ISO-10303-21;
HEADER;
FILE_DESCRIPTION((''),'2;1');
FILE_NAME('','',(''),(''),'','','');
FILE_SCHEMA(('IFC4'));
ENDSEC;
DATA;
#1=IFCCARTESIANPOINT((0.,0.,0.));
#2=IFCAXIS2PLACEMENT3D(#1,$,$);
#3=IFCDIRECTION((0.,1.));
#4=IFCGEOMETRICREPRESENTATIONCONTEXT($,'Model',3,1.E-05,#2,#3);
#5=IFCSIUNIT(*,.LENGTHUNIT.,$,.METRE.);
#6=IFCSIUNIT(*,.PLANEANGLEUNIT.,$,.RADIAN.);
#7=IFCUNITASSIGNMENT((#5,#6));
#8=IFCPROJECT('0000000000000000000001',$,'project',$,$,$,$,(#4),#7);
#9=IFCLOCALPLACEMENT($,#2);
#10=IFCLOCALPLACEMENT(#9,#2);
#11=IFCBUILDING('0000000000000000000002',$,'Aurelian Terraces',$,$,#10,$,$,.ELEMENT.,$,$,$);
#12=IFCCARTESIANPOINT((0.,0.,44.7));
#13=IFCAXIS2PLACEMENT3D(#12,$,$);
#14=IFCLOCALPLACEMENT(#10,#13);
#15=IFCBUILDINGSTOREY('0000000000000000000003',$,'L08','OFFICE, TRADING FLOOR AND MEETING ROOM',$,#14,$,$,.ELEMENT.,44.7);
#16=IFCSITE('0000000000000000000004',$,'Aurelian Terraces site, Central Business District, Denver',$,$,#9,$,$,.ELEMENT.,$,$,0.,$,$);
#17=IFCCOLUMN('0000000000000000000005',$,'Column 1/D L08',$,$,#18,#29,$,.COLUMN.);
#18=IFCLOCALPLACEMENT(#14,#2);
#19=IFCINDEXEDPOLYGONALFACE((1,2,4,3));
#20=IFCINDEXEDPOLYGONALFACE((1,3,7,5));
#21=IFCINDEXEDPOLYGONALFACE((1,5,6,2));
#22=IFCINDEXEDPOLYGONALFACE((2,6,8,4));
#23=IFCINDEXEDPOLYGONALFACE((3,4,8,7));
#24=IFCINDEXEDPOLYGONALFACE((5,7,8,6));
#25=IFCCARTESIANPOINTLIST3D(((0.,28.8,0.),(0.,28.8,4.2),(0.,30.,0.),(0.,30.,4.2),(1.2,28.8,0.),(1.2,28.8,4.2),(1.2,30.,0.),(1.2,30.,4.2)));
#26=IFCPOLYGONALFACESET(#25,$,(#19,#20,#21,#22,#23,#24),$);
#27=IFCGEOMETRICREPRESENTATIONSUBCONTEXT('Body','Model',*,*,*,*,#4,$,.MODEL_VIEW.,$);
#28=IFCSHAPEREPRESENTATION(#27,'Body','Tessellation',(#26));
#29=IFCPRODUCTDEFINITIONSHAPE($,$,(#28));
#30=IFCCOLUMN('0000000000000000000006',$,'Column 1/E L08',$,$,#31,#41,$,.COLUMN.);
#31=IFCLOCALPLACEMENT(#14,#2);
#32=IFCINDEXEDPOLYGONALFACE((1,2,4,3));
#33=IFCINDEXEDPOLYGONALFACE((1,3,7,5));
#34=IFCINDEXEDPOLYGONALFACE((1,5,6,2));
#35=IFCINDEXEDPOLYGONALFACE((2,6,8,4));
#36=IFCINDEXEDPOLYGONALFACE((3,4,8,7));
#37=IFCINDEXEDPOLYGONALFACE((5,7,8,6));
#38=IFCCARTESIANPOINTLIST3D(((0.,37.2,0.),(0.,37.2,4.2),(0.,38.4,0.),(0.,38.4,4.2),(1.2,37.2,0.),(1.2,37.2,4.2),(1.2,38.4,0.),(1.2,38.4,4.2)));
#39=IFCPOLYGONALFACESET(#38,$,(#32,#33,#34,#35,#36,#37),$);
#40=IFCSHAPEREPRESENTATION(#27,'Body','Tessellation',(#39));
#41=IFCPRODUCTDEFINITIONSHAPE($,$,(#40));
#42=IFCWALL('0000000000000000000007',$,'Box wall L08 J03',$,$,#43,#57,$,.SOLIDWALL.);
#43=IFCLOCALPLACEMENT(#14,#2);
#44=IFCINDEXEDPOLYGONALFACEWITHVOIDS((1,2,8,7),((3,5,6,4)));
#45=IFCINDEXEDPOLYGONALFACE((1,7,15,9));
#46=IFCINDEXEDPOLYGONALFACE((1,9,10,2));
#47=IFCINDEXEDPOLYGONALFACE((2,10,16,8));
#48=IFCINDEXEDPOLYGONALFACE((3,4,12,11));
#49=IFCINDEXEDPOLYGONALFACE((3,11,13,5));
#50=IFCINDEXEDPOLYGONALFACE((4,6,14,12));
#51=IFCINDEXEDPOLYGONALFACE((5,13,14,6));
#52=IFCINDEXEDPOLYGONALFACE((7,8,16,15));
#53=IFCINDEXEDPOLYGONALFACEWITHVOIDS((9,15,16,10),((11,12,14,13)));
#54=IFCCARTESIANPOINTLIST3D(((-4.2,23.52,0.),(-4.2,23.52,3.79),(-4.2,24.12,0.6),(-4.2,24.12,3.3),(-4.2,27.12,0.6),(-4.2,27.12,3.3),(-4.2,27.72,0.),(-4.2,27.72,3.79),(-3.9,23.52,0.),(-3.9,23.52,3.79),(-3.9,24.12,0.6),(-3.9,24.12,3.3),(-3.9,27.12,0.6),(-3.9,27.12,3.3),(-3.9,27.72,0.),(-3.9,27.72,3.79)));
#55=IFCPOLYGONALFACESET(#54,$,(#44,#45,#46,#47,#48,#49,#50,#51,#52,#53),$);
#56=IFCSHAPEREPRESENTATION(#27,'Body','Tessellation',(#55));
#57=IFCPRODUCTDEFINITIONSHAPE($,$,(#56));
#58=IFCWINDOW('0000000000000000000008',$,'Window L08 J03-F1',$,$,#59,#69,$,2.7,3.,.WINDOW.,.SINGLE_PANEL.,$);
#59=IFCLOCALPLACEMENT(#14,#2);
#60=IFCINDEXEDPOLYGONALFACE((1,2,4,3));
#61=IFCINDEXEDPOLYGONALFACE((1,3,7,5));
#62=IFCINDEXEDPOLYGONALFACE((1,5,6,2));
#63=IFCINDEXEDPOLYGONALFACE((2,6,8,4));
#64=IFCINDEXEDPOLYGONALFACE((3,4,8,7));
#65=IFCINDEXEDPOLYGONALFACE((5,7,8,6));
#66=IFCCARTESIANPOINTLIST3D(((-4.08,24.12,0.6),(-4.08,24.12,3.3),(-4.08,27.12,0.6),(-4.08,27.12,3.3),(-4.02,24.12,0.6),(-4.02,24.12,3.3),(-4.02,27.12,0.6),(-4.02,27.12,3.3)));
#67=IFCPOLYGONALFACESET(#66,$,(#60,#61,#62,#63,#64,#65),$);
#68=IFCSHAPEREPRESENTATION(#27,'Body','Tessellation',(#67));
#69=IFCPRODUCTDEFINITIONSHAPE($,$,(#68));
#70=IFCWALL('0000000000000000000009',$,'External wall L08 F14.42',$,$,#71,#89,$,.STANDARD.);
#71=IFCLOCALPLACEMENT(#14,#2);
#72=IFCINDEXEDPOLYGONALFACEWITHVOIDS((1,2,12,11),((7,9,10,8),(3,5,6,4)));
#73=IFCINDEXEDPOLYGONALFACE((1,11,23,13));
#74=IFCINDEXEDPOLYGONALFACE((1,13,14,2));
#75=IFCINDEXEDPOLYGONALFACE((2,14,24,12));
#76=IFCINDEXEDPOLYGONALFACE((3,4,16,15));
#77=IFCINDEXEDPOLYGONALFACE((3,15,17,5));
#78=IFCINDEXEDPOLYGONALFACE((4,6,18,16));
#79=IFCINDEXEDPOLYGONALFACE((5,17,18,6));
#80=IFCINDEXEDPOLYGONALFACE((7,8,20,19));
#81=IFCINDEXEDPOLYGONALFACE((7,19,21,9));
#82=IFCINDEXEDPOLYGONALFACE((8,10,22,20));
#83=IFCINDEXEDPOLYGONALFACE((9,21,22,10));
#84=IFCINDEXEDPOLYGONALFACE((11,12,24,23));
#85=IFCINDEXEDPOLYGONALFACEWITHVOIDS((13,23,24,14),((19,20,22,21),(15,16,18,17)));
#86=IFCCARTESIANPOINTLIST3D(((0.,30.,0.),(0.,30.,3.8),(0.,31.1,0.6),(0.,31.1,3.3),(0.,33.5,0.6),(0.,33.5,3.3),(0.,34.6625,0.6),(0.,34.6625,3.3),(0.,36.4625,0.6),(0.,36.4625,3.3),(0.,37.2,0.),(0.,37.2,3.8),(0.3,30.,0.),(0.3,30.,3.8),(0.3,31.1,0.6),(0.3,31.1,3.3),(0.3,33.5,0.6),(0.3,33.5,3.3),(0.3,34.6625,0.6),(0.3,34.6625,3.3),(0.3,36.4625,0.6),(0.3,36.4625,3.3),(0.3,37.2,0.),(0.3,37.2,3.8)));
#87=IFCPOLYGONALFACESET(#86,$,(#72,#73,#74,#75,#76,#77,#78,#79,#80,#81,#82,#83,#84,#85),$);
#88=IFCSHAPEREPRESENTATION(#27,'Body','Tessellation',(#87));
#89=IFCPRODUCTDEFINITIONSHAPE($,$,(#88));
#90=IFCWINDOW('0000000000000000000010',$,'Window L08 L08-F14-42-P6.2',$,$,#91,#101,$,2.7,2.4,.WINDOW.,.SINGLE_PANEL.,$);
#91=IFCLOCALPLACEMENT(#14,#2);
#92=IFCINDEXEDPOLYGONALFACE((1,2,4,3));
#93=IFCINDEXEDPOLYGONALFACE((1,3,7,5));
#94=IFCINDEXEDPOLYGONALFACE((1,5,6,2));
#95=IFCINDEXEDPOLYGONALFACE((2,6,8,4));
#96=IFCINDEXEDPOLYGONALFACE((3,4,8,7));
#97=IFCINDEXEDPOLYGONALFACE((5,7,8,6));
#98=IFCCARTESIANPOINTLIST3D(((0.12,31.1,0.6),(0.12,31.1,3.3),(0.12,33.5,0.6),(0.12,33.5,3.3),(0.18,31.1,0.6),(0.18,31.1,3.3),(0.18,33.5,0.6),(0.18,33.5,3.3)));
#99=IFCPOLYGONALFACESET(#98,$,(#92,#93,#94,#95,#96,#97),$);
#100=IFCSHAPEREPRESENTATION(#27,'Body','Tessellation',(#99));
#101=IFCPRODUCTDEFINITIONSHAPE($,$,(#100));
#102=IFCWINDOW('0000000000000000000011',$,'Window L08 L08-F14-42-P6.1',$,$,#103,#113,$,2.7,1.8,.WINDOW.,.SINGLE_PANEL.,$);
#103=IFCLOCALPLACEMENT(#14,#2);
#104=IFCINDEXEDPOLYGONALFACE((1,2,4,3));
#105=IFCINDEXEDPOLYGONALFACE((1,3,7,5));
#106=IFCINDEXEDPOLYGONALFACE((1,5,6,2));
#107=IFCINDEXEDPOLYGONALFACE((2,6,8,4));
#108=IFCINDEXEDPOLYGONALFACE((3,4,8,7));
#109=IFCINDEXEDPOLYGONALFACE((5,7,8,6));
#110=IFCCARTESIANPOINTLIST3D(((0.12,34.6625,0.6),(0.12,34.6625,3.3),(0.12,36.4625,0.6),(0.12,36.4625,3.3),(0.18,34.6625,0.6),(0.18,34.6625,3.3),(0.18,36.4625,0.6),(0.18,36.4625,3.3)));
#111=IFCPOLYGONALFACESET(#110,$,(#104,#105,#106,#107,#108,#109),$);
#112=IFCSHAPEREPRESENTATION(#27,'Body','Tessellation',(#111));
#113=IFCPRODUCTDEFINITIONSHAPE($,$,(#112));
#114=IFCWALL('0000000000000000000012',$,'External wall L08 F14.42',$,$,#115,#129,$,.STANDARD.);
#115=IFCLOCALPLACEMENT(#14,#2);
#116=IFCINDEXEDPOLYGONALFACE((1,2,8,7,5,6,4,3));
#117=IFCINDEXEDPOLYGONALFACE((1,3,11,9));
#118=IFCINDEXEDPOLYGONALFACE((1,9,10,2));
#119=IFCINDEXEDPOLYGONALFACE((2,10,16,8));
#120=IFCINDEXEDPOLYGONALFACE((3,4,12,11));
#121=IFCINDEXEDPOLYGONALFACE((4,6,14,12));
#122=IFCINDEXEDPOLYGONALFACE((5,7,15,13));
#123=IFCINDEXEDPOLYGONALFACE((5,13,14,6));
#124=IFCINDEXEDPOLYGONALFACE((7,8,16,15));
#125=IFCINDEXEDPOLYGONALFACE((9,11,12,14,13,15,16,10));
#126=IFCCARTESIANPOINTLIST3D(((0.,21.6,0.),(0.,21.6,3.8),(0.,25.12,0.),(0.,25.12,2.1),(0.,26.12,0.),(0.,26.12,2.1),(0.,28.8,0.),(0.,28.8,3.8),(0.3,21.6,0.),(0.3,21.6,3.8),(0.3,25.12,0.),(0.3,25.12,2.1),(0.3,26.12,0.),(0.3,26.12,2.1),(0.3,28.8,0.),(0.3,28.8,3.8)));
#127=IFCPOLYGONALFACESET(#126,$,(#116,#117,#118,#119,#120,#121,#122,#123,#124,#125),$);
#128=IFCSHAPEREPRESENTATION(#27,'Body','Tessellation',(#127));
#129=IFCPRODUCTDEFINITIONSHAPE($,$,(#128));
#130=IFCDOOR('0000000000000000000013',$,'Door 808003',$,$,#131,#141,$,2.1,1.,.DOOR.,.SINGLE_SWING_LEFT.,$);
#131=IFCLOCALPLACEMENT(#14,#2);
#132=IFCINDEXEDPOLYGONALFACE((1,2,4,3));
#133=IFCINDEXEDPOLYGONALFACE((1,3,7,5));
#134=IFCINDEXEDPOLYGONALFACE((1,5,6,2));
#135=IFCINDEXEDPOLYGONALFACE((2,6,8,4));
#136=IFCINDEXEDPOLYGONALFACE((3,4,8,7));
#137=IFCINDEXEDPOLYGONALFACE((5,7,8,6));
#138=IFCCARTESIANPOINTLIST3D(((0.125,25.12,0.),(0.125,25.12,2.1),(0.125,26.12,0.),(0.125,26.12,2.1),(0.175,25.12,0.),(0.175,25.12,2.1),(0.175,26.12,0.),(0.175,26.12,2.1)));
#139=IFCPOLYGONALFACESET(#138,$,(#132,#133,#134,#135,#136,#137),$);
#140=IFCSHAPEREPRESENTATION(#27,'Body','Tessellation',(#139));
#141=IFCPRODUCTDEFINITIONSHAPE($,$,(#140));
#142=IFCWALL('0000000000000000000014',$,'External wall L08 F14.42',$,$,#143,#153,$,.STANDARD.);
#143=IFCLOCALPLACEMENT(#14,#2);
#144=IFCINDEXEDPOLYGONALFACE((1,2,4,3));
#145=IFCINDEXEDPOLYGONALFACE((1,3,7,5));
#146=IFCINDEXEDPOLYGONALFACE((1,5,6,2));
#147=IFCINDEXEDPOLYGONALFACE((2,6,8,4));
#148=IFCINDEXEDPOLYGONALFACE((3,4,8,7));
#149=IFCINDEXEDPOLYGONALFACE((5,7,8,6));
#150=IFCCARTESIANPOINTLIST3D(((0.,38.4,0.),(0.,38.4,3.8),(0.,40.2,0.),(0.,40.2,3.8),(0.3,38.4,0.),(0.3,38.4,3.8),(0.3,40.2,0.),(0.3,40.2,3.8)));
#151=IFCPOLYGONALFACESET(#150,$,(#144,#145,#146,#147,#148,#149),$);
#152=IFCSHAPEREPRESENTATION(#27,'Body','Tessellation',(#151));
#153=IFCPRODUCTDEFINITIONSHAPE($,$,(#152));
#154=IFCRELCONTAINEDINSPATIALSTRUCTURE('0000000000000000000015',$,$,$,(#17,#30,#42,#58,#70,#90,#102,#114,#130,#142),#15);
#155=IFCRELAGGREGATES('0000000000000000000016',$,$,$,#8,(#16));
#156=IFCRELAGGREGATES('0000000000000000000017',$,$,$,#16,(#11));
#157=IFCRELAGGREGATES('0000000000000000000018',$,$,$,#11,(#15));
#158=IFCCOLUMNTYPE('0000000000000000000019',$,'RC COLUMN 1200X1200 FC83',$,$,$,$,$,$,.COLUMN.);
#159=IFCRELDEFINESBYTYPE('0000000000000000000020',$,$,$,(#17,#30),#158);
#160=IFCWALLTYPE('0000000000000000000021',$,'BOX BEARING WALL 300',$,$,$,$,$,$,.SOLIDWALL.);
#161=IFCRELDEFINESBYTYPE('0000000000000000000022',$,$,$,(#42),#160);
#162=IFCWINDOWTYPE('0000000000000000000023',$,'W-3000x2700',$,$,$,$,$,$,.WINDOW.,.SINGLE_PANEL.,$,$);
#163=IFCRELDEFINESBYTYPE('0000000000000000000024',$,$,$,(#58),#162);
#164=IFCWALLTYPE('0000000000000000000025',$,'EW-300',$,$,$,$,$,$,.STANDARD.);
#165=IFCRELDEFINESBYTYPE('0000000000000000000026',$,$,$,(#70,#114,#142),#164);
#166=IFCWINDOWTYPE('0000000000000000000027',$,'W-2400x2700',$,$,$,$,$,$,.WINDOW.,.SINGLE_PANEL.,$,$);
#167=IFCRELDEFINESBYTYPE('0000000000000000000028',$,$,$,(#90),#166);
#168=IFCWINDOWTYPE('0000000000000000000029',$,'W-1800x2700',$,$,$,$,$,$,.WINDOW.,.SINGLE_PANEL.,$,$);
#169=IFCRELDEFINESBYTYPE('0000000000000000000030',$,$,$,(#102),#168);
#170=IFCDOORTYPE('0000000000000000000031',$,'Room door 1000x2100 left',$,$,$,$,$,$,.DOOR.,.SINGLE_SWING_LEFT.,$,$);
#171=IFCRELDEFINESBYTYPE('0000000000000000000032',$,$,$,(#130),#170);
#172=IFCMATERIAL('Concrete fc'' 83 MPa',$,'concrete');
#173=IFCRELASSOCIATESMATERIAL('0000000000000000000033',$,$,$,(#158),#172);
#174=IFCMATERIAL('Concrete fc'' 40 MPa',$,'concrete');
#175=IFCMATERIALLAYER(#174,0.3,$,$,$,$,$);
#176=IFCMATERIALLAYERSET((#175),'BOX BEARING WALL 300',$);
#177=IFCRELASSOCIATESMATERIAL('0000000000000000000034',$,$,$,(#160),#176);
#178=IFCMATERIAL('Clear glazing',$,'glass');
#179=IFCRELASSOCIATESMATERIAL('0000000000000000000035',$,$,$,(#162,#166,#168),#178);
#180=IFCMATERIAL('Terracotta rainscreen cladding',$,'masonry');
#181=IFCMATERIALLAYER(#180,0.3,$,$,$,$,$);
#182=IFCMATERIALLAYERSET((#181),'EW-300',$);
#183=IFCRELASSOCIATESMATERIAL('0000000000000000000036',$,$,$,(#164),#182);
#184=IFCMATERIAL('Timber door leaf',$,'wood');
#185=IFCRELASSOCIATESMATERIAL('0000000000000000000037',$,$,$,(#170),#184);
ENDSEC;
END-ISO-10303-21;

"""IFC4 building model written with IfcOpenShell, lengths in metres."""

from ifc_helpers import new_model, si_unit, direction, frame, frame_2d, origin, origin_2d, place, context, subcontext, project, spatial, rectangle, extrude, source, transform, mapped, material, layer, layer_set, material_profile, profile_set, type_object, element, fill, save


model = new_model("IFC4")

# Units and contexts
model_context = context("Model", 3, precision=1e-05, world=origin(), true_north=direction((0.0, 1.0)))
body_context = subcontext(model_context, "Body", "Model", "MODEL_VIEW")
ifc_project = project(units=[si_unit("LENGTHUNIT", "METRE"), si_unit("PLANEANGLEUNIT", "RADIAN")], contexts=[model_context])

# Site, building, storey
site_placement = place(None, origin())
site = spatial("IfcSite", under=ifc_project, at=site_placement, Name="Aurelian Terraces site, Central Business District, Denver", CompositionType="ELEMENT", RefElevation=0.0)
building_placement = place(site_placement, origin())
building = spatial("IfcBuilding", under=site, at=building_placement, Name="Aurelian Terraces", CompositionType="ELEMENT")
storey_placement = place(building_placement, frame((0.0, 0.0, 44.7)))
storey = spatial("IfcBuildingStorey", under=building, at=storey_placement, Name="L08", Description="OFFICE, TRADING FLOOR AND MEETING ROOM", CompositionType="ELEMENT", Elevation=44.7)

# Columns
ifc_material_1 = material(Name="Concrete fc' 83 MPa", Category="concrete")
ifc_material_profile = material_profile(ifc_material_1, rectangle(XDim=1.2, YDim=1.2, at=origin_2d()))
ifc_profile_set = profile_set([ifc_material_profile], Name="Concrete fc' 83 MPa")
column_type = type_object("IfcColumnType", Name="RC COLUMN 1200X1200 FC83", PredefinedType="COLUMN", material=ifc_profile_set)
shared_shape_1 = source(origin(), body_context, "Body", "SweptSolid", [
    extrude(rectangle(XDim=1.2, YDim=1.2, at=origin_2d()), origin(), (0.0, 0.0, 1.0), 4.2),
])
for number, where, z_axis, x_axis, name in (
    (1, (0.6, 29.4, 0.0), (0.0, 0.0, 1.0), (1.0, 0.0, 0.0), "Column 1/D L08"),
    (2, (0.6, 37.8, 0.0), (0.0, 0.0, 1.0), (1.0, 0.0, 0.0), "Column 1/E L08"),
):
    element("IfcColumn", number, at=place(storey_placement, frame(where, z_axis=z_axis, x_axis=x_axis)), inside=storey, type_object=column_type, Name=name, PredefinedType="COLUMN", context=body_context, shape_type="MappedRepresentation", body=[
        mapped(shared_shape_1, transform((0.0, 0.0, 0.0), scale=1.0)),
    ])

# Wall, opening, window
ifc_material_2 = material(Name="Concrete fc' 40 MPa", Category="concrete")
ifc_layer_1 = layer(ifc_material_2, 0.3)
ifc_layer_set_1 = layer_set([ifc_layer_1], Name="BOX BEARING WALL 300")
wall_type_1 = type_object("IfcWallType", Name="BOX BEARING WALL 300", PredefinedType="SOLIDWALL", material=ifc_layer_set_1)
wall_1_placement = place(storey_placement, frame((-4.05, 27.72, 0.0), z_axis=(0.0, 0.0, 1.0), x_axis=(0.0, -1.0, 0.0)))
wall_1 = element("IfcWall", 3, at=wall_1_placement, inside=storey, type_object=wall_type_1, Name="Box wall L08 J03", PredefinedType="SOLIDWALL", context=body_context, shape_type="SweptSolid", body=[
    extrude(rectangle(XDim=4.2, YDim=0.3, at=frame_2d((2.1, 0.0))), origin(), (0.0, 0.0, 1.0), 3.79),
])
shared_shape_2 = source(origin(), body_context, "Body", "SweptSolid", [
    extrude(rectangle(XDim=3.0, YDim=2.7, at=frame_2d((1.5, 1.35))), frame((0.0, 0.16, 0.0), z_axis=(0.0, -1.0, 0.0), x_axis=(1.0, 0.0, 0.0)), (0.0, 0.0, 1.0), 0.32),
])
opening_1_placement = place(wall_1_placement, frame((0.6, 0.0, 0.6)))
opening_1 = element("IfcOpeningElement", 4, at=opening_1_placement, cuts=wall_1, PredefinedType="OPENING", context=body_context, shape_type="MappedRepresentation", body=[
    mapped(shared_shape_2, transform((0.0, 0.0, 0.0), scale=1.0)),
])
ifc_material_3 = material(Name="Clear glazing", Category="glass")
window_type_1 = type_object("IfcWindowType", Name="W-3000x2700", PartitioningType="SINGLE_PANEL", PredefinedType="WINDOW", material=ifc_material_3)
shared_shape_3 = source(origin(), body_context, "Body", "SweptSolid", [
    extrude(rectangle(XDim=3.0, YDim=2.7, at=frame_2d((1.5, 1.35))), frame((0.0, 0.03, 0.0), z_axis=(0.0, -1.0, 0.0), x_axis=(1.0, 0.0, 0.0)), (0.0, 0.0, 1.0), 0.06),
])
window_1_placement = place(opening_1_placement, origin())
window_1 = element("IfcWindow", 5, at=window_1_placement, inside=storey, type_object=window_type_1, Name="Window L08 J03-F1", OverallHeight=2.7, OverallWidth=3.0, PartitioningType="SINGLE_PANEL", PredefinedType="WINDOW", context=body_context, shape_type="MappedRepresentation", body=[
    mapped(shared_shape_3, transform((0.0, 0.0, 0.0), scale=1.0)),
])
fill(opening_1, window_1)

# Wall, openings, windows
ifc_material_4 = material(Name="Terracotta rainscreen cladding", Category="masonry")
ifc_layer_2 = layer(ifc_material_4, 0.3)
ifc_layer_set_2 = layer_set([ifc_layer_2], Name="EW-300")
wall_type_2 = type_object("IfcWallType", Name="EW-300", PredefinedType="STANDARD", material=ifc_layer_set_2)
shared_shape_4 = source(origin(), body_context, "Body", "SweptSolid", [
    extrude(rectangle(XDim=7.2, YDim=0.3, at=frame_2d((3.6, 0.0))), origin(), (0.0, 0.0, 1.0), 3.8),
])
wall_2_placement = place(storey_placement, frame((0.15, 37.2, 0.0), z_axis=(0.0, 0.0, 1.0), x_axis=(0.0, -1.0, 0.0)))
wall_2 = element("IfcWall", 6, at=wall_2_placement, inside=storey, type_object=wall_type_2, Name="External wall L08 F14.42", PredefinedType="STANDARD", context=body_context, shape_type="MappedRepresentation", body=[
    mapped(shared_shape_4, transform((0.0, 0.0, 0.0), scale=1.0)),
])
shared_shape_5 = source(origin(), body_context, "Body", "SweptSolid", [
    extrude(rectangle(XDim=1.8, YDim=2.7, at=frame_2d((0.9, 1.35))), frame((0.0, 0.16, 0.0), z_axis=(0.0, -1.0, 0.0), x_axis=(1.0, 0.0, 0.0)), (0.0, 0.0, 1.0), 0.32),
])
opening_2_placement = place(wall_2_placement, frame((0.7375, 0.0, 0.6)))
opening_2 = element("IfcOpeningElement", 7, at=opening_2_placement, cuts=wall_2, PredefinedType="OPENING", context=body_context, shape_type="MappedRepresentation", body=[
    mapped(shared_shape_5, transform((0.0, 0.0, 0.0), scale=1.0)),
])
shared_shape_6 = source(origin(), body_context, "Body", "SweptSolid", [
    extrude(rectangle(XDim=2.4, YDim=2.7, at=frame_2d((1.2, 1.35))), frame((0.0, 0.16, 0.0), z_axis=(0.0, -1.0, 0.0), x_axis=(1.0, 0.0, 0.0)), (0.0, 0.0, 1.0), 0.32),
])
opening_3_placement = place(wall_2_placement, frame((3.7, 0.0, 0.6)))
opening_3 = element("IfcOpeningElement", 8, at=opening_3_placement, cuts=wall_2, PredefinedType="OPENING", context=body_context, shape_type="MappedRepresentation", body=[
    mapped(shared_shape_6, transform((0.0, 0.0, 0.0), scale=1.0)),
])
window_type_2 = type_object("IfcWindowType", Name="W-2400x2700", PartitioningType="SINGLE_PANEL", PredefinedType="WINDOW", material=ifc_material_3)
shared_shape_7 = source(origin(), body_context, "Body", "SweptSolid", [
    extrude(rectangle(XDim=2.4, YDim=2.7, at=frame_2d((1.2, 1.35))), frame((0.0, 0.03, 0.0), z_axis=(0.0, -1.0, 0.0), x_axis=(1.0, 0.0, 0.0)), (0.0, 0.0, 1.0), 0.06),
])
window_2_placement = place(opening_3_placement, origin())
window_2 = element("IfcWindow", 9, at=window_2_placement, inside=storey, type_object=window_type_2, Name="Window L08 L08-F14-42-P6.2", OverallHeight=2.7, OverallWidth=2.4, PartitioningType="SINGLE_PANEL", PredefinedType="WINDOW", context=body_context, shape_type="MappedRepresentation", body=[
    mapped(shared_shape_7, transform((0.0, 0.0, 0.0), scale=1.0)),
])
fill(opening_3, window_2)
window_type_3 = type_object("IfcWindowType", Name="W-1800x2700", PartitioningType="SINGLE_PANEL", PredefinedType="WINDOW", material=ifc_material_3)
shared_shape_8 = source(origin(), body_context, "Body", "SweptSolid", [
    extrude(rectangle(XDim=1.8, YDim=2.7, at=frame_2d((0.9, 1.35))), frame((0.0, 0.03, 0.0), z_axis=(0.0, -1.0, 0.0), x_axis=(1.0, 0.0, 0.0)), (0.0, 0.0, 1.0), 0.06),
])
window_3_placement = place(opening_2_placement, origin())
window_3 = element("IfcWindow", 10, at=window_3_placement, inside=storey, type_object=window_type_3, Name="Window L08 L08-F14-42-P6.1", OverallHeight=2.7, OverallWidth=1.8, PartitioningType="SINGLE_PANEL", PredefinedType="WINDOW", context=body_context, shape_type="MappedRepresentation", body=[
    mapped(shared_shape_8, transform((0.0, 0.0, 0.0), scale=1.0)),
])
fill(opening_2, window_3)

# Wall, opening, door
wall_3_placement = place(storey_placement, frame((0.15, 28.8, 0.0), z_axis=(0.0, 0.0, 1.0), x_axis=(0.0, -1.0, 0.0)))
wall_3 = element("IfcWall", 11, at=wall_3_placement, inside=storey, type_object=wall_type_2, Name="External wall L08 F14.42", PredefinedType="STANDARD", context=body_context, shape_type="MappedRepresentation", body=[
    mapped(shared_shape_4, transform((0.0, 0.0, 0.0), scale=1.0)),
])
shared_shape_9 = source(origin(), body_context, "Body", "SweptSolid", [
    extrude(rectangle(XDim=1.0, YDim=2.1, at=frame_2d((0.5, 1.05))), frame((0.0, 0.16, 0.0), z_axis=(0.0, -1.0, 0.0), x_axis=(1.0, 0.0, 0.0)), (0.0, 0.0, 1.0), 0.32),
])
opening_4_placement = place(wall_3_placement, frame((2.68, 0.0, 0.0)))
opening_4 = element("IfcOpeningElement", 12, at=opening_4_placement, cuts=wall_3, PredefinedType="OPENING", context=body_context, shape_type="MappedRepresentation", body=[
    mapped(shared_shape_9, transform((0.0, 0.0, 0.0), scale=1.0)),
])
ifc_material_5 = material(Name="Timber door leaf", Category="wood")
door_type_1 = type_object("IfcDoorType", Name="Room door 1000x2100 left", OperationType="SINGLE_SWING_LEFT", PredefinedType="DOOR", material=ifc_material_5)
shared_shape_10 = source(origin(), body_context, "Body", "SweptSolid", [
    extrude(rectangle(XDim=1.0, YDim=2.1, at=frame_2d((0.5, 1.05))), frame((0.0, 0.025, 0.0), z_axis=(0.0, -1.0, 0.0), x_axis=(1.0, 0.0, 0.0)), (0.0, 0.0, 1.0), 0.05),
])
door_1_placement = place(opening_4_placement, origin())
door_1 = element("IfcDoor", 13, at=door_1_placement, inside=storey, type_object=door_type_1, Name="Door 808003", OperationType="SINGLE_SWING_LEFT", OverallHeight=2.1, OverallWidth=1.0, PredefinedType="DOOR", context=body_context, shape_type="MappedRepresentation", body=[
    mapped(shared_shape_10, transform((0.0, 0.0, 0.0), scale=1.0)),
])
fill(opening_4, door_1)

# Wall
shared_shape_11 = source(origin(), body_context, "Body", "SweptSolid", [
    extrude(rectangle(XDim=1.8, YDim=0.3, at=frame_2d((0.9, 0.0))), origin(), (0.0, 0.0, 1.0), 3.8),
])
wall_4_placement = place(storey_placement, frame((0.15, 40.2, 0.0), z_axis=(0.0, 0.0, 1.0), x_axis=(0.0, -1.0, 0.0)))
element("IfcWall", 14, at=wall_4_placement, inside=storey, type_object=wall_type_2, Name="External wall L08 F14.42", PredefinedType="STANDARD", context=body_context, shape_type="MappedRepresentation", body=[
    mapped(shared_shape_11, transform((0.0, 0.0, 0.0), scale=1.0)),
])

save(model, "model.ifc")
